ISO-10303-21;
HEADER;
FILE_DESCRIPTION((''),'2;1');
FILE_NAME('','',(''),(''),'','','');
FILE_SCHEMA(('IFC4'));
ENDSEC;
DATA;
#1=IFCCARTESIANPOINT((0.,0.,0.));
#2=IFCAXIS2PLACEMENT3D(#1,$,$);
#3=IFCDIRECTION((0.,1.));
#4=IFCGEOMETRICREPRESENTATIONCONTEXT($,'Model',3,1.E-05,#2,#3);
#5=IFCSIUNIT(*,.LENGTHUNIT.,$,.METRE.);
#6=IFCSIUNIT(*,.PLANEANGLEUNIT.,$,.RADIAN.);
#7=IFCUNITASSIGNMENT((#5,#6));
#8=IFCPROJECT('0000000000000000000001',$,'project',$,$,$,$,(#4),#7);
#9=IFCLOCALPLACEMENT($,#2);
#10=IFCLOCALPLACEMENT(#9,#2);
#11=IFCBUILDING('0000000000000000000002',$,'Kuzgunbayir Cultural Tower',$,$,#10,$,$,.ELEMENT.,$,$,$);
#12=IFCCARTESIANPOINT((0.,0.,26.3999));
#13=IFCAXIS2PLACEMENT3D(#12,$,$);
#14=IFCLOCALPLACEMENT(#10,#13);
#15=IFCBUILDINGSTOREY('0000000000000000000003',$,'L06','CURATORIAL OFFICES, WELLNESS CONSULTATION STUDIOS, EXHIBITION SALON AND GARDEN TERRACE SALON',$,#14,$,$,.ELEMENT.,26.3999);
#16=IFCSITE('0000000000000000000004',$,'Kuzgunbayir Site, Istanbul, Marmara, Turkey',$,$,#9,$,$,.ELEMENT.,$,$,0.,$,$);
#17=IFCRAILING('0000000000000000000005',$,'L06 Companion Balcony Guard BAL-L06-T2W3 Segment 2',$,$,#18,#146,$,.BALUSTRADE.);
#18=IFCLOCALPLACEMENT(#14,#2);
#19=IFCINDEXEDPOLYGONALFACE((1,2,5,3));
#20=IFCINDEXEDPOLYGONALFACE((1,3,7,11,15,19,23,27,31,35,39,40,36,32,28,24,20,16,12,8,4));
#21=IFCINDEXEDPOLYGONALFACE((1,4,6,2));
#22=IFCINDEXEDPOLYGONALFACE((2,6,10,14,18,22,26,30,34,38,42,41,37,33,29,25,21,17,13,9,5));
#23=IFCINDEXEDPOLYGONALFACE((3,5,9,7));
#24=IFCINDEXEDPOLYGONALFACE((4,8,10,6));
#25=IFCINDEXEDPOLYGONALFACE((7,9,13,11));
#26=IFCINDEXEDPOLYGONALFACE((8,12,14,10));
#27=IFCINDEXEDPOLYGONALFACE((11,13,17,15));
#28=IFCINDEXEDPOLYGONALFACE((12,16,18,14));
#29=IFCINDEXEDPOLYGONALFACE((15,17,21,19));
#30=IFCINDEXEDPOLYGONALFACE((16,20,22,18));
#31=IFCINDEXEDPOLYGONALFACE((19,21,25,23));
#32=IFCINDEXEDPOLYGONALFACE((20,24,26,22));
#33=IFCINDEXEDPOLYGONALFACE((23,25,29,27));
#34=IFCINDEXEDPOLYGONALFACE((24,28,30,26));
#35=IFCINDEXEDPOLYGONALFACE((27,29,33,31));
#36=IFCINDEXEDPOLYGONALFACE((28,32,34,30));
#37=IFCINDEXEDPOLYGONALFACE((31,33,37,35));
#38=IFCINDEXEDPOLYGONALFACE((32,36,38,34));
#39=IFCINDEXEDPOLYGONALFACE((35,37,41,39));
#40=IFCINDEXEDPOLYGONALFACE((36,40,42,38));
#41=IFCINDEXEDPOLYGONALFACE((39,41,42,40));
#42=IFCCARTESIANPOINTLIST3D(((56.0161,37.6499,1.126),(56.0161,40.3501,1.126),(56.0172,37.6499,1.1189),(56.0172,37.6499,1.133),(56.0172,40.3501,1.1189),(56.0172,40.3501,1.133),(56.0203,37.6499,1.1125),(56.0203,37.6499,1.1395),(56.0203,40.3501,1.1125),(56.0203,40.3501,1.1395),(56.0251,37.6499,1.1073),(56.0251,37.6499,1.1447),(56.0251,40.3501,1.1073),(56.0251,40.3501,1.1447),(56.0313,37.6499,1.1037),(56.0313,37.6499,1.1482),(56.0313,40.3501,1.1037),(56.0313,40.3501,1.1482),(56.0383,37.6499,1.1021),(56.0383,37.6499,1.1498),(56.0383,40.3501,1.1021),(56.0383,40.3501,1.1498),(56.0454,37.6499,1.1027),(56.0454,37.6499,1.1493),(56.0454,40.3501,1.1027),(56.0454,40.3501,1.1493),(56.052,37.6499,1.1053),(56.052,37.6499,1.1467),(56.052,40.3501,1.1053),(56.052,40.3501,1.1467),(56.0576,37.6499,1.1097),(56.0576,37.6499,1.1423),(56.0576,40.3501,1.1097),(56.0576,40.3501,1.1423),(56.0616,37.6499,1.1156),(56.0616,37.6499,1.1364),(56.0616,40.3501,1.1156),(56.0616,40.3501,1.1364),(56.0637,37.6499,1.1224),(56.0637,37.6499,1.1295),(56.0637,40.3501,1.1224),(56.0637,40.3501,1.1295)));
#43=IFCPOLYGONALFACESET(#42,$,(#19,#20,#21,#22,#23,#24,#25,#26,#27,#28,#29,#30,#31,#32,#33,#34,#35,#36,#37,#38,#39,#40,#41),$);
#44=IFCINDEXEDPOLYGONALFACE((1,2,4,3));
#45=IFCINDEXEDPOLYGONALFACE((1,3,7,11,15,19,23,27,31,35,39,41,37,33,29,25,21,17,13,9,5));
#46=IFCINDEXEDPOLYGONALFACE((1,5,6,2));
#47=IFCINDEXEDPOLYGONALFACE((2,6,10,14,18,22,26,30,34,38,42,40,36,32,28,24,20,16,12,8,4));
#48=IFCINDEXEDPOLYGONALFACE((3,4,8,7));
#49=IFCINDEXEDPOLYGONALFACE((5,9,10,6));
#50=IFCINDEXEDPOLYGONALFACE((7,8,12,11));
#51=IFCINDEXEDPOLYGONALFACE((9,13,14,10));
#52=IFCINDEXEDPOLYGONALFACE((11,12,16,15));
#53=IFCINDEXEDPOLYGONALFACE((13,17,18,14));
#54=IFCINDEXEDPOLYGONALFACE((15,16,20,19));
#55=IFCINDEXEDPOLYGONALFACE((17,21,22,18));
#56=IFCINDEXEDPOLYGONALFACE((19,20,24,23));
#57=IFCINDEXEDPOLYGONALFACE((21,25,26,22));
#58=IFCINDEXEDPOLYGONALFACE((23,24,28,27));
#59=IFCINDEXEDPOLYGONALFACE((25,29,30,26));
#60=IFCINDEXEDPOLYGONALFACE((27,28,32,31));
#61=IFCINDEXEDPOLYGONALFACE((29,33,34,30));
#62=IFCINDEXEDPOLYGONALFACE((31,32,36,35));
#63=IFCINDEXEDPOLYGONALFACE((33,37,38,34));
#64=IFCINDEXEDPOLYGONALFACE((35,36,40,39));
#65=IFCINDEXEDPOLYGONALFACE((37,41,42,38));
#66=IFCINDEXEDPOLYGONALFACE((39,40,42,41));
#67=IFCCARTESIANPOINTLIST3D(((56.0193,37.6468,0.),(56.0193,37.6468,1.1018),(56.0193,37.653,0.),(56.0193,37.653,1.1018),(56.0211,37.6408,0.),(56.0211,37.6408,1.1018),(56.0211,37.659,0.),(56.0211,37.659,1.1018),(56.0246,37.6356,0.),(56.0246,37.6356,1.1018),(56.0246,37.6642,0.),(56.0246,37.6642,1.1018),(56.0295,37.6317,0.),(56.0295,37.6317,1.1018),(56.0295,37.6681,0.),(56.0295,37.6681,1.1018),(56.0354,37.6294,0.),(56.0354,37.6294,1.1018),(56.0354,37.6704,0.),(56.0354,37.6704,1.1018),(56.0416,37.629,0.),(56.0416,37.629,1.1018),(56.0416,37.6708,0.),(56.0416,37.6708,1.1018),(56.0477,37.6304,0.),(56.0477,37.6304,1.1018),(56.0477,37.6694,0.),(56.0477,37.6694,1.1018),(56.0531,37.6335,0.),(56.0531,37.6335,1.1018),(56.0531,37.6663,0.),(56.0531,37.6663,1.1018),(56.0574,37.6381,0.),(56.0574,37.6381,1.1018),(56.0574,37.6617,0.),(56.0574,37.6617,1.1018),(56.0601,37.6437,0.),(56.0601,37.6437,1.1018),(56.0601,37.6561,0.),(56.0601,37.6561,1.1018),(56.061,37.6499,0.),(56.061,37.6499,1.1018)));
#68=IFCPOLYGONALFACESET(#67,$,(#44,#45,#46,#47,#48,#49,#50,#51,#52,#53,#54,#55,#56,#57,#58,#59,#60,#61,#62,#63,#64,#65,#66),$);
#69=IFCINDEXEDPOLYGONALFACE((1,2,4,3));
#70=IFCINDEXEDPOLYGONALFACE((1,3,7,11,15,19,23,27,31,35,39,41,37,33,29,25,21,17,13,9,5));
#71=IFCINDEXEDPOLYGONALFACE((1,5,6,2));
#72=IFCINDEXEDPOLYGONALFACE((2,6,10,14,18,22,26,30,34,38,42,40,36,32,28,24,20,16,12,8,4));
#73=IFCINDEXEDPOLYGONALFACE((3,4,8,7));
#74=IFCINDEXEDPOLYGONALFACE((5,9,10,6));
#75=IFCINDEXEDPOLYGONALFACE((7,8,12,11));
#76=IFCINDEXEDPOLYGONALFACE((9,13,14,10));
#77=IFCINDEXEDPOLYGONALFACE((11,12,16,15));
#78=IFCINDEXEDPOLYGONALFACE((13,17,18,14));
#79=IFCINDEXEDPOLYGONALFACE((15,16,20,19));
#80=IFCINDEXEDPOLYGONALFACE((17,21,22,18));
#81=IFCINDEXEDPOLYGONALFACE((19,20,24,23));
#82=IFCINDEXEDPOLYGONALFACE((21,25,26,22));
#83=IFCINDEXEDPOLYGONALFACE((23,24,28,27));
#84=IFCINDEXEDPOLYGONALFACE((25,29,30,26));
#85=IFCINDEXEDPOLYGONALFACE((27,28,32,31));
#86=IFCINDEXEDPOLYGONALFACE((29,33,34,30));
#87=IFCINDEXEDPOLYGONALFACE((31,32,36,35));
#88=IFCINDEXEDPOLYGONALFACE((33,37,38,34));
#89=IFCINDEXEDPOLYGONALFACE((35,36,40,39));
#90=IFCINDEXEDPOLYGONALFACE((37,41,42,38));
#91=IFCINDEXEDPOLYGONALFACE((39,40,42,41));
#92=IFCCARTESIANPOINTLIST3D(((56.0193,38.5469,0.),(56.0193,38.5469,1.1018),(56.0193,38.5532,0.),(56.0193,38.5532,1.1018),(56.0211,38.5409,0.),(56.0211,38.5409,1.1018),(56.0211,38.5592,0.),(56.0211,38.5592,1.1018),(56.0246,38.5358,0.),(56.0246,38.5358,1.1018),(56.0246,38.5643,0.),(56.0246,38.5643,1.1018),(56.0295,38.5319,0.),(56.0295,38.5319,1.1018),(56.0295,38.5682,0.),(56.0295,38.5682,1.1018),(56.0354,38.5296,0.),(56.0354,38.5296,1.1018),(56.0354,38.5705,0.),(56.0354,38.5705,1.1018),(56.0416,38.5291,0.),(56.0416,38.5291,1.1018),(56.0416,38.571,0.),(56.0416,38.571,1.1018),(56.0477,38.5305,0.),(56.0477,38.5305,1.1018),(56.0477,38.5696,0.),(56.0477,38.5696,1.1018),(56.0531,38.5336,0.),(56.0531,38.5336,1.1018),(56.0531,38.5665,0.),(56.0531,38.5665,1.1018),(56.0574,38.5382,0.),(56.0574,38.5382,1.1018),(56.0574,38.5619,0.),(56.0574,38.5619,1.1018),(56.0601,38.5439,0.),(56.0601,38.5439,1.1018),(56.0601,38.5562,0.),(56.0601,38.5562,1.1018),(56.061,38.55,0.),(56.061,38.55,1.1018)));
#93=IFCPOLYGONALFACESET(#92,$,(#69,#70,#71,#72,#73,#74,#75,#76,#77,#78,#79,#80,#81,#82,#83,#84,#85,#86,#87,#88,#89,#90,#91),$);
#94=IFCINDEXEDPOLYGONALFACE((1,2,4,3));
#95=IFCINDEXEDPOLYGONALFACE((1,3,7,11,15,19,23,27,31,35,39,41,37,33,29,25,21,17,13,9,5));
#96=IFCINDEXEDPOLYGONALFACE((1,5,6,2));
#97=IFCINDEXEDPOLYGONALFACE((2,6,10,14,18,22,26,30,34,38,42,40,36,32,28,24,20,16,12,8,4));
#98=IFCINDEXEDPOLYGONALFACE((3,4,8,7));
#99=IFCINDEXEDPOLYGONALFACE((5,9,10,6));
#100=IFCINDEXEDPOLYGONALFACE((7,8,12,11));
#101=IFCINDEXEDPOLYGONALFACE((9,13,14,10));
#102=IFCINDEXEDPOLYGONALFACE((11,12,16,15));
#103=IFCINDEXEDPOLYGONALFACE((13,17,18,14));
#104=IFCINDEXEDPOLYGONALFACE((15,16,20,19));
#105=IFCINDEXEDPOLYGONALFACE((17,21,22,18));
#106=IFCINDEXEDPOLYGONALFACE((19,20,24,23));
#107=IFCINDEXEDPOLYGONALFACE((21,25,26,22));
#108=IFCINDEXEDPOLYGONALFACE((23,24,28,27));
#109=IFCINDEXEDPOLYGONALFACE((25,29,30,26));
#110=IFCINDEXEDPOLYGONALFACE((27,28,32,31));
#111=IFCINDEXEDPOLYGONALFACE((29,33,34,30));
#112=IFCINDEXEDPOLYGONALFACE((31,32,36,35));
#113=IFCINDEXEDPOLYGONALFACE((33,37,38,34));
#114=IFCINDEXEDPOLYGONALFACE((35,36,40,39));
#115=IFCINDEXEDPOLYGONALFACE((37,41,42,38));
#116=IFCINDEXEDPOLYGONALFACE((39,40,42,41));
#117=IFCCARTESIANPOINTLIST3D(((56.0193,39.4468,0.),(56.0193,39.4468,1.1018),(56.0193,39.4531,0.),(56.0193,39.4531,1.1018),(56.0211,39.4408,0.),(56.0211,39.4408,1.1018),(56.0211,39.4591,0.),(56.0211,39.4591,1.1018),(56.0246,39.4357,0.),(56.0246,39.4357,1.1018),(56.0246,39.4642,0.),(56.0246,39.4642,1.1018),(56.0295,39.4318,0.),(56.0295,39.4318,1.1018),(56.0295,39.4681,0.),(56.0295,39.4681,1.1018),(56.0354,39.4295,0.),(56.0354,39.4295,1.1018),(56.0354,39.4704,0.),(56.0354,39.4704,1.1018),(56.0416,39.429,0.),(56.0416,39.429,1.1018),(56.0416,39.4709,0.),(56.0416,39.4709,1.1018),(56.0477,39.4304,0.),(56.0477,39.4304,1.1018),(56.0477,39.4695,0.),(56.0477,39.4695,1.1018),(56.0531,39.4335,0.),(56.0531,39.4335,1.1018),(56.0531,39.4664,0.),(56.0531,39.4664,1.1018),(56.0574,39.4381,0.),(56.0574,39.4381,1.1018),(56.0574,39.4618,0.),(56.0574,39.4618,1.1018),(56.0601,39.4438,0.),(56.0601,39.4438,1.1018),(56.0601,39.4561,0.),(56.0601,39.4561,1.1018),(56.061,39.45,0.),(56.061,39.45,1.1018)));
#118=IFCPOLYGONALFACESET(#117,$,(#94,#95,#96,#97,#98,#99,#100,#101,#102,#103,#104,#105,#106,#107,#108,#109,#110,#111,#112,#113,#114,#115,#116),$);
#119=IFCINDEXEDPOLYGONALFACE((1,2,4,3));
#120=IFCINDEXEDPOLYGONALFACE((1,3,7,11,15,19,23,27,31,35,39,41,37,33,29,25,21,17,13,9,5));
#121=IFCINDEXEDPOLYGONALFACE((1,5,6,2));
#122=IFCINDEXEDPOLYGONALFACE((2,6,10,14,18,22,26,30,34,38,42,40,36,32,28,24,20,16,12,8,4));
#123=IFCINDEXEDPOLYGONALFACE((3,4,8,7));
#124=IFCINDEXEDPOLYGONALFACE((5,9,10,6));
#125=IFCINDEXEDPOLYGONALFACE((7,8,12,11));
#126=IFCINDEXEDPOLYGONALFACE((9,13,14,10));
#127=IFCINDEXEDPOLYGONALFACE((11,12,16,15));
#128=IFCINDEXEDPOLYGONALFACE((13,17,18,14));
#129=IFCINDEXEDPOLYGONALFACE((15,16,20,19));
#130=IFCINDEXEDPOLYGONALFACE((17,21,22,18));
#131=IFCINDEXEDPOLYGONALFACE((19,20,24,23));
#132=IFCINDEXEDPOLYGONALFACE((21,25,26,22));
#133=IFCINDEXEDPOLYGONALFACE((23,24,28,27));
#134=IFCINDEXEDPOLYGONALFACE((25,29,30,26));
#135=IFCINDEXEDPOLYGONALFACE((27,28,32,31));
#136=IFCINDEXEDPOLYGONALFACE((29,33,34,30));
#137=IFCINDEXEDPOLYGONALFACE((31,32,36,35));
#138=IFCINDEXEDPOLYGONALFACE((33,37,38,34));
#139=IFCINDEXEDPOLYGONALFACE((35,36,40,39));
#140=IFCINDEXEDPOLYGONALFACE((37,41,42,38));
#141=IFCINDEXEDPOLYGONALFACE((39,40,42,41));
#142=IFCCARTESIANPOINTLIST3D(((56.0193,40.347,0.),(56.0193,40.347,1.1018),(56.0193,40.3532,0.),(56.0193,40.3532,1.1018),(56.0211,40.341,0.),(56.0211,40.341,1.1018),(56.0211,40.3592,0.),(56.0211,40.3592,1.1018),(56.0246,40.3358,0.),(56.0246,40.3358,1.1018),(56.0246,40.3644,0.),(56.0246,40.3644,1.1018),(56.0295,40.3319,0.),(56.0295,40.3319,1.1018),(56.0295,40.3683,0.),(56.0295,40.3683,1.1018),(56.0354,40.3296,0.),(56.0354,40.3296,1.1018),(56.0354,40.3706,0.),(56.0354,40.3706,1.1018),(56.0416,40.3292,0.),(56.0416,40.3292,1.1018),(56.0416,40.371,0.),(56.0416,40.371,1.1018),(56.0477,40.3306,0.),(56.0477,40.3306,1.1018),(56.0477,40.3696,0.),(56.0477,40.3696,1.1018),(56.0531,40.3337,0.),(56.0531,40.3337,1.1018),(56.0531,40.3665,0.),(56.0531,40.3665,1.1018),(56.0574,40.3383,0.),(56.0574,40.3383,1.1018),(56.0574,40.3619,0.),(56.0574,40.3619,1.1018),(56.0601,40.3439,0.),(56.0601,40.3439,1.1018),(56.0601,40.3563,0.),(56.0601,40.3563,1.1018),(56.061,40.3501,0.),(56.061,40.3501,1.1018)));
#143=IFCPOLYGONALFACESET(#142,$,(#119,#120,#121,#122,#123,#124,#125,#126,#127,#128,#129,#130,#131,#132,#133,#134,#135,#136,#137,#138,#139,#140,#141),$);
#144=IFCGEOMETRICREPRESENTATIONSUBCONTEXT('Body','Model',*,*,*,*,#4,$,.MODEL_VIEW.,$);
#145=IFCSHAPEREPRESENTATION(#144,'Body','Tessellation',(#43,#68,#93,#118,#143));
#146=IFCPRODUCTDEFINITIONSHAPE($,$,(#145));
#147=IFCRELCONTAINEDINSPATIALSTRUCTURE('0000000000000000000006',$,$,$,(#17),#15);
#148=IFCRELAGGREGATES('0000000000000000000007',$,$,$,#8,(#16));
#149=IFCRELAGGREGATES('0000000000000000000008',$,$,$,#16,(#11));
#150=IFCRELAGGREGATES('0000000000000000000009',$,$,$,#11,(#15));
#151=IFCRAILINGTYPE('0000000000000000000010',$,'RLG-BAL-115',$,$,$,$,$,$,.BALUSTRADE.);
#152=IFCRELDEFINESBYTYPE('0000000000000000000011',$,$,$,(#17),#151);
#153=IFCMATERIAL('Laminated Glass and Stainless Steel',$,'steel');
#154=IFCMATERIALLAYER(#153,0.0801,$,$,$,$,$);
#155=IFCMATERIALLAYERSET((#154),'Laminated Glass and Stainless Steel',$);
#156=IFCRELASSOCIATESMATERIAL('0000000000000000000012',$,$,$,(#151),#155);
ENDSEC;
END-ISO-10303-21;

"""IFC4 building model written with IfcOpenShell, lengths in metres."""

from ifc_helpers import new_model, si_unit, direction, frame, origin, origin_2d, place, context, subcontext, project, spatial, circle, extrude, material, layer, layer_set, type_object, element, save


model = new_model("IFC4")

# Units and contexts
model_context = context("Model", 3, precision=1e-05, world=origin(), true_north=direction((0.0, 1.0)))
body_context = subcontext(model_context, "Body", "Model", "MODEL_VIEW")
ifc_project = project(units=[si_unit("LENGTHUNIT", "METRE"), si_unit("PLANEANGLEUNIT", "RADIAN")], contexts=[model_context])

# Site, building, storey
site_placement = place(None, origin())
site = spatial("IfcSite", under=ifc_project, at=site_placement, Name="Kuzgunbayir Site, Istanbul, Marmara, Turkey", CompositionType="ELEMENT", RefElevation=0.0)
building_placement = place(site_placement, origin())
building = spatial("IfcBuilding", under=site, at=building_placement, Name="Kuzgunbayir Cultural Tower", CompositionType="ELEMENT")
storey_placement = place(building_placement, frame((0.0, 0.0, 26.3999)))
storey = spatial("IfcBuildingStorey", under=building, at=storey_placement, Name="L06", Description="CURATORIAL OFFICES, WELLNESS CONSULTATION STUDIOS, EXHIBITION SALON AND GARDEN TERRACE SALON", CompositionType="ELEMENT", Elevation=26.3999)

# Railing
ifc_material_1 = material(Name="Laminated Glass and Stainless Steel", Category="steel")
ifc_layer_1 = layer(ifc_material_1, 0.0801)
ifc_layer_set_1 = layer_set([ifc_layer_1], Name="Laminated Glass and Stainless Steel")
railing_type = type_object("IfcRailingType", Name="RLG-BAL-115", PredefinedType="BALUSTRADE", material=ifc_layer_set_1)
railing_1_placement = place(storey_placement, frame((56.04, 37.6499, 0.0)))
element("IfcRailing", 1, at=railing_1_placement, inside=storey, type_object=railing_type, Name="L06 Companion Balcony Guard BAL-L06-T2W3 Segment 2", PredefinedType="BALUSTRADE", context=body_context, shape_type="SweptSolid", body=[
    extrude(circle(Radius=0.0239, at=origin_2d()), frame((0.0, 0.0, 1.126), z_axis=(0.0, 1.0, 0.0), x_axis=(-1.0, 0.0, 0.0)), (0.0, 0.0, 1.0), 2.7002),
    extrude(circle(Radius=0.021, at=origin_2d()), origin(), (0.0, 0.0, 1.0), 1.1018),
    extrude(circle(Radius=0.021, at=origin_2d()), frame((0.0, 0.9001, 0.0)), (0.0, 0.0, 1.0), 1.1018),
    extrude(circle(Radius=0.021, at=origin_2d()), frame((0.0, 1.8, 0.0)), (0.0, 0.0, 1.0), 1.1018),
    extrude(circle(Radius=0.021, at=origin_2d()), frame((0.0, 2.7002, 0.0)), (0.0, 0.0, 1.0), 1.1018),
])

save(model, "model.ifc")
